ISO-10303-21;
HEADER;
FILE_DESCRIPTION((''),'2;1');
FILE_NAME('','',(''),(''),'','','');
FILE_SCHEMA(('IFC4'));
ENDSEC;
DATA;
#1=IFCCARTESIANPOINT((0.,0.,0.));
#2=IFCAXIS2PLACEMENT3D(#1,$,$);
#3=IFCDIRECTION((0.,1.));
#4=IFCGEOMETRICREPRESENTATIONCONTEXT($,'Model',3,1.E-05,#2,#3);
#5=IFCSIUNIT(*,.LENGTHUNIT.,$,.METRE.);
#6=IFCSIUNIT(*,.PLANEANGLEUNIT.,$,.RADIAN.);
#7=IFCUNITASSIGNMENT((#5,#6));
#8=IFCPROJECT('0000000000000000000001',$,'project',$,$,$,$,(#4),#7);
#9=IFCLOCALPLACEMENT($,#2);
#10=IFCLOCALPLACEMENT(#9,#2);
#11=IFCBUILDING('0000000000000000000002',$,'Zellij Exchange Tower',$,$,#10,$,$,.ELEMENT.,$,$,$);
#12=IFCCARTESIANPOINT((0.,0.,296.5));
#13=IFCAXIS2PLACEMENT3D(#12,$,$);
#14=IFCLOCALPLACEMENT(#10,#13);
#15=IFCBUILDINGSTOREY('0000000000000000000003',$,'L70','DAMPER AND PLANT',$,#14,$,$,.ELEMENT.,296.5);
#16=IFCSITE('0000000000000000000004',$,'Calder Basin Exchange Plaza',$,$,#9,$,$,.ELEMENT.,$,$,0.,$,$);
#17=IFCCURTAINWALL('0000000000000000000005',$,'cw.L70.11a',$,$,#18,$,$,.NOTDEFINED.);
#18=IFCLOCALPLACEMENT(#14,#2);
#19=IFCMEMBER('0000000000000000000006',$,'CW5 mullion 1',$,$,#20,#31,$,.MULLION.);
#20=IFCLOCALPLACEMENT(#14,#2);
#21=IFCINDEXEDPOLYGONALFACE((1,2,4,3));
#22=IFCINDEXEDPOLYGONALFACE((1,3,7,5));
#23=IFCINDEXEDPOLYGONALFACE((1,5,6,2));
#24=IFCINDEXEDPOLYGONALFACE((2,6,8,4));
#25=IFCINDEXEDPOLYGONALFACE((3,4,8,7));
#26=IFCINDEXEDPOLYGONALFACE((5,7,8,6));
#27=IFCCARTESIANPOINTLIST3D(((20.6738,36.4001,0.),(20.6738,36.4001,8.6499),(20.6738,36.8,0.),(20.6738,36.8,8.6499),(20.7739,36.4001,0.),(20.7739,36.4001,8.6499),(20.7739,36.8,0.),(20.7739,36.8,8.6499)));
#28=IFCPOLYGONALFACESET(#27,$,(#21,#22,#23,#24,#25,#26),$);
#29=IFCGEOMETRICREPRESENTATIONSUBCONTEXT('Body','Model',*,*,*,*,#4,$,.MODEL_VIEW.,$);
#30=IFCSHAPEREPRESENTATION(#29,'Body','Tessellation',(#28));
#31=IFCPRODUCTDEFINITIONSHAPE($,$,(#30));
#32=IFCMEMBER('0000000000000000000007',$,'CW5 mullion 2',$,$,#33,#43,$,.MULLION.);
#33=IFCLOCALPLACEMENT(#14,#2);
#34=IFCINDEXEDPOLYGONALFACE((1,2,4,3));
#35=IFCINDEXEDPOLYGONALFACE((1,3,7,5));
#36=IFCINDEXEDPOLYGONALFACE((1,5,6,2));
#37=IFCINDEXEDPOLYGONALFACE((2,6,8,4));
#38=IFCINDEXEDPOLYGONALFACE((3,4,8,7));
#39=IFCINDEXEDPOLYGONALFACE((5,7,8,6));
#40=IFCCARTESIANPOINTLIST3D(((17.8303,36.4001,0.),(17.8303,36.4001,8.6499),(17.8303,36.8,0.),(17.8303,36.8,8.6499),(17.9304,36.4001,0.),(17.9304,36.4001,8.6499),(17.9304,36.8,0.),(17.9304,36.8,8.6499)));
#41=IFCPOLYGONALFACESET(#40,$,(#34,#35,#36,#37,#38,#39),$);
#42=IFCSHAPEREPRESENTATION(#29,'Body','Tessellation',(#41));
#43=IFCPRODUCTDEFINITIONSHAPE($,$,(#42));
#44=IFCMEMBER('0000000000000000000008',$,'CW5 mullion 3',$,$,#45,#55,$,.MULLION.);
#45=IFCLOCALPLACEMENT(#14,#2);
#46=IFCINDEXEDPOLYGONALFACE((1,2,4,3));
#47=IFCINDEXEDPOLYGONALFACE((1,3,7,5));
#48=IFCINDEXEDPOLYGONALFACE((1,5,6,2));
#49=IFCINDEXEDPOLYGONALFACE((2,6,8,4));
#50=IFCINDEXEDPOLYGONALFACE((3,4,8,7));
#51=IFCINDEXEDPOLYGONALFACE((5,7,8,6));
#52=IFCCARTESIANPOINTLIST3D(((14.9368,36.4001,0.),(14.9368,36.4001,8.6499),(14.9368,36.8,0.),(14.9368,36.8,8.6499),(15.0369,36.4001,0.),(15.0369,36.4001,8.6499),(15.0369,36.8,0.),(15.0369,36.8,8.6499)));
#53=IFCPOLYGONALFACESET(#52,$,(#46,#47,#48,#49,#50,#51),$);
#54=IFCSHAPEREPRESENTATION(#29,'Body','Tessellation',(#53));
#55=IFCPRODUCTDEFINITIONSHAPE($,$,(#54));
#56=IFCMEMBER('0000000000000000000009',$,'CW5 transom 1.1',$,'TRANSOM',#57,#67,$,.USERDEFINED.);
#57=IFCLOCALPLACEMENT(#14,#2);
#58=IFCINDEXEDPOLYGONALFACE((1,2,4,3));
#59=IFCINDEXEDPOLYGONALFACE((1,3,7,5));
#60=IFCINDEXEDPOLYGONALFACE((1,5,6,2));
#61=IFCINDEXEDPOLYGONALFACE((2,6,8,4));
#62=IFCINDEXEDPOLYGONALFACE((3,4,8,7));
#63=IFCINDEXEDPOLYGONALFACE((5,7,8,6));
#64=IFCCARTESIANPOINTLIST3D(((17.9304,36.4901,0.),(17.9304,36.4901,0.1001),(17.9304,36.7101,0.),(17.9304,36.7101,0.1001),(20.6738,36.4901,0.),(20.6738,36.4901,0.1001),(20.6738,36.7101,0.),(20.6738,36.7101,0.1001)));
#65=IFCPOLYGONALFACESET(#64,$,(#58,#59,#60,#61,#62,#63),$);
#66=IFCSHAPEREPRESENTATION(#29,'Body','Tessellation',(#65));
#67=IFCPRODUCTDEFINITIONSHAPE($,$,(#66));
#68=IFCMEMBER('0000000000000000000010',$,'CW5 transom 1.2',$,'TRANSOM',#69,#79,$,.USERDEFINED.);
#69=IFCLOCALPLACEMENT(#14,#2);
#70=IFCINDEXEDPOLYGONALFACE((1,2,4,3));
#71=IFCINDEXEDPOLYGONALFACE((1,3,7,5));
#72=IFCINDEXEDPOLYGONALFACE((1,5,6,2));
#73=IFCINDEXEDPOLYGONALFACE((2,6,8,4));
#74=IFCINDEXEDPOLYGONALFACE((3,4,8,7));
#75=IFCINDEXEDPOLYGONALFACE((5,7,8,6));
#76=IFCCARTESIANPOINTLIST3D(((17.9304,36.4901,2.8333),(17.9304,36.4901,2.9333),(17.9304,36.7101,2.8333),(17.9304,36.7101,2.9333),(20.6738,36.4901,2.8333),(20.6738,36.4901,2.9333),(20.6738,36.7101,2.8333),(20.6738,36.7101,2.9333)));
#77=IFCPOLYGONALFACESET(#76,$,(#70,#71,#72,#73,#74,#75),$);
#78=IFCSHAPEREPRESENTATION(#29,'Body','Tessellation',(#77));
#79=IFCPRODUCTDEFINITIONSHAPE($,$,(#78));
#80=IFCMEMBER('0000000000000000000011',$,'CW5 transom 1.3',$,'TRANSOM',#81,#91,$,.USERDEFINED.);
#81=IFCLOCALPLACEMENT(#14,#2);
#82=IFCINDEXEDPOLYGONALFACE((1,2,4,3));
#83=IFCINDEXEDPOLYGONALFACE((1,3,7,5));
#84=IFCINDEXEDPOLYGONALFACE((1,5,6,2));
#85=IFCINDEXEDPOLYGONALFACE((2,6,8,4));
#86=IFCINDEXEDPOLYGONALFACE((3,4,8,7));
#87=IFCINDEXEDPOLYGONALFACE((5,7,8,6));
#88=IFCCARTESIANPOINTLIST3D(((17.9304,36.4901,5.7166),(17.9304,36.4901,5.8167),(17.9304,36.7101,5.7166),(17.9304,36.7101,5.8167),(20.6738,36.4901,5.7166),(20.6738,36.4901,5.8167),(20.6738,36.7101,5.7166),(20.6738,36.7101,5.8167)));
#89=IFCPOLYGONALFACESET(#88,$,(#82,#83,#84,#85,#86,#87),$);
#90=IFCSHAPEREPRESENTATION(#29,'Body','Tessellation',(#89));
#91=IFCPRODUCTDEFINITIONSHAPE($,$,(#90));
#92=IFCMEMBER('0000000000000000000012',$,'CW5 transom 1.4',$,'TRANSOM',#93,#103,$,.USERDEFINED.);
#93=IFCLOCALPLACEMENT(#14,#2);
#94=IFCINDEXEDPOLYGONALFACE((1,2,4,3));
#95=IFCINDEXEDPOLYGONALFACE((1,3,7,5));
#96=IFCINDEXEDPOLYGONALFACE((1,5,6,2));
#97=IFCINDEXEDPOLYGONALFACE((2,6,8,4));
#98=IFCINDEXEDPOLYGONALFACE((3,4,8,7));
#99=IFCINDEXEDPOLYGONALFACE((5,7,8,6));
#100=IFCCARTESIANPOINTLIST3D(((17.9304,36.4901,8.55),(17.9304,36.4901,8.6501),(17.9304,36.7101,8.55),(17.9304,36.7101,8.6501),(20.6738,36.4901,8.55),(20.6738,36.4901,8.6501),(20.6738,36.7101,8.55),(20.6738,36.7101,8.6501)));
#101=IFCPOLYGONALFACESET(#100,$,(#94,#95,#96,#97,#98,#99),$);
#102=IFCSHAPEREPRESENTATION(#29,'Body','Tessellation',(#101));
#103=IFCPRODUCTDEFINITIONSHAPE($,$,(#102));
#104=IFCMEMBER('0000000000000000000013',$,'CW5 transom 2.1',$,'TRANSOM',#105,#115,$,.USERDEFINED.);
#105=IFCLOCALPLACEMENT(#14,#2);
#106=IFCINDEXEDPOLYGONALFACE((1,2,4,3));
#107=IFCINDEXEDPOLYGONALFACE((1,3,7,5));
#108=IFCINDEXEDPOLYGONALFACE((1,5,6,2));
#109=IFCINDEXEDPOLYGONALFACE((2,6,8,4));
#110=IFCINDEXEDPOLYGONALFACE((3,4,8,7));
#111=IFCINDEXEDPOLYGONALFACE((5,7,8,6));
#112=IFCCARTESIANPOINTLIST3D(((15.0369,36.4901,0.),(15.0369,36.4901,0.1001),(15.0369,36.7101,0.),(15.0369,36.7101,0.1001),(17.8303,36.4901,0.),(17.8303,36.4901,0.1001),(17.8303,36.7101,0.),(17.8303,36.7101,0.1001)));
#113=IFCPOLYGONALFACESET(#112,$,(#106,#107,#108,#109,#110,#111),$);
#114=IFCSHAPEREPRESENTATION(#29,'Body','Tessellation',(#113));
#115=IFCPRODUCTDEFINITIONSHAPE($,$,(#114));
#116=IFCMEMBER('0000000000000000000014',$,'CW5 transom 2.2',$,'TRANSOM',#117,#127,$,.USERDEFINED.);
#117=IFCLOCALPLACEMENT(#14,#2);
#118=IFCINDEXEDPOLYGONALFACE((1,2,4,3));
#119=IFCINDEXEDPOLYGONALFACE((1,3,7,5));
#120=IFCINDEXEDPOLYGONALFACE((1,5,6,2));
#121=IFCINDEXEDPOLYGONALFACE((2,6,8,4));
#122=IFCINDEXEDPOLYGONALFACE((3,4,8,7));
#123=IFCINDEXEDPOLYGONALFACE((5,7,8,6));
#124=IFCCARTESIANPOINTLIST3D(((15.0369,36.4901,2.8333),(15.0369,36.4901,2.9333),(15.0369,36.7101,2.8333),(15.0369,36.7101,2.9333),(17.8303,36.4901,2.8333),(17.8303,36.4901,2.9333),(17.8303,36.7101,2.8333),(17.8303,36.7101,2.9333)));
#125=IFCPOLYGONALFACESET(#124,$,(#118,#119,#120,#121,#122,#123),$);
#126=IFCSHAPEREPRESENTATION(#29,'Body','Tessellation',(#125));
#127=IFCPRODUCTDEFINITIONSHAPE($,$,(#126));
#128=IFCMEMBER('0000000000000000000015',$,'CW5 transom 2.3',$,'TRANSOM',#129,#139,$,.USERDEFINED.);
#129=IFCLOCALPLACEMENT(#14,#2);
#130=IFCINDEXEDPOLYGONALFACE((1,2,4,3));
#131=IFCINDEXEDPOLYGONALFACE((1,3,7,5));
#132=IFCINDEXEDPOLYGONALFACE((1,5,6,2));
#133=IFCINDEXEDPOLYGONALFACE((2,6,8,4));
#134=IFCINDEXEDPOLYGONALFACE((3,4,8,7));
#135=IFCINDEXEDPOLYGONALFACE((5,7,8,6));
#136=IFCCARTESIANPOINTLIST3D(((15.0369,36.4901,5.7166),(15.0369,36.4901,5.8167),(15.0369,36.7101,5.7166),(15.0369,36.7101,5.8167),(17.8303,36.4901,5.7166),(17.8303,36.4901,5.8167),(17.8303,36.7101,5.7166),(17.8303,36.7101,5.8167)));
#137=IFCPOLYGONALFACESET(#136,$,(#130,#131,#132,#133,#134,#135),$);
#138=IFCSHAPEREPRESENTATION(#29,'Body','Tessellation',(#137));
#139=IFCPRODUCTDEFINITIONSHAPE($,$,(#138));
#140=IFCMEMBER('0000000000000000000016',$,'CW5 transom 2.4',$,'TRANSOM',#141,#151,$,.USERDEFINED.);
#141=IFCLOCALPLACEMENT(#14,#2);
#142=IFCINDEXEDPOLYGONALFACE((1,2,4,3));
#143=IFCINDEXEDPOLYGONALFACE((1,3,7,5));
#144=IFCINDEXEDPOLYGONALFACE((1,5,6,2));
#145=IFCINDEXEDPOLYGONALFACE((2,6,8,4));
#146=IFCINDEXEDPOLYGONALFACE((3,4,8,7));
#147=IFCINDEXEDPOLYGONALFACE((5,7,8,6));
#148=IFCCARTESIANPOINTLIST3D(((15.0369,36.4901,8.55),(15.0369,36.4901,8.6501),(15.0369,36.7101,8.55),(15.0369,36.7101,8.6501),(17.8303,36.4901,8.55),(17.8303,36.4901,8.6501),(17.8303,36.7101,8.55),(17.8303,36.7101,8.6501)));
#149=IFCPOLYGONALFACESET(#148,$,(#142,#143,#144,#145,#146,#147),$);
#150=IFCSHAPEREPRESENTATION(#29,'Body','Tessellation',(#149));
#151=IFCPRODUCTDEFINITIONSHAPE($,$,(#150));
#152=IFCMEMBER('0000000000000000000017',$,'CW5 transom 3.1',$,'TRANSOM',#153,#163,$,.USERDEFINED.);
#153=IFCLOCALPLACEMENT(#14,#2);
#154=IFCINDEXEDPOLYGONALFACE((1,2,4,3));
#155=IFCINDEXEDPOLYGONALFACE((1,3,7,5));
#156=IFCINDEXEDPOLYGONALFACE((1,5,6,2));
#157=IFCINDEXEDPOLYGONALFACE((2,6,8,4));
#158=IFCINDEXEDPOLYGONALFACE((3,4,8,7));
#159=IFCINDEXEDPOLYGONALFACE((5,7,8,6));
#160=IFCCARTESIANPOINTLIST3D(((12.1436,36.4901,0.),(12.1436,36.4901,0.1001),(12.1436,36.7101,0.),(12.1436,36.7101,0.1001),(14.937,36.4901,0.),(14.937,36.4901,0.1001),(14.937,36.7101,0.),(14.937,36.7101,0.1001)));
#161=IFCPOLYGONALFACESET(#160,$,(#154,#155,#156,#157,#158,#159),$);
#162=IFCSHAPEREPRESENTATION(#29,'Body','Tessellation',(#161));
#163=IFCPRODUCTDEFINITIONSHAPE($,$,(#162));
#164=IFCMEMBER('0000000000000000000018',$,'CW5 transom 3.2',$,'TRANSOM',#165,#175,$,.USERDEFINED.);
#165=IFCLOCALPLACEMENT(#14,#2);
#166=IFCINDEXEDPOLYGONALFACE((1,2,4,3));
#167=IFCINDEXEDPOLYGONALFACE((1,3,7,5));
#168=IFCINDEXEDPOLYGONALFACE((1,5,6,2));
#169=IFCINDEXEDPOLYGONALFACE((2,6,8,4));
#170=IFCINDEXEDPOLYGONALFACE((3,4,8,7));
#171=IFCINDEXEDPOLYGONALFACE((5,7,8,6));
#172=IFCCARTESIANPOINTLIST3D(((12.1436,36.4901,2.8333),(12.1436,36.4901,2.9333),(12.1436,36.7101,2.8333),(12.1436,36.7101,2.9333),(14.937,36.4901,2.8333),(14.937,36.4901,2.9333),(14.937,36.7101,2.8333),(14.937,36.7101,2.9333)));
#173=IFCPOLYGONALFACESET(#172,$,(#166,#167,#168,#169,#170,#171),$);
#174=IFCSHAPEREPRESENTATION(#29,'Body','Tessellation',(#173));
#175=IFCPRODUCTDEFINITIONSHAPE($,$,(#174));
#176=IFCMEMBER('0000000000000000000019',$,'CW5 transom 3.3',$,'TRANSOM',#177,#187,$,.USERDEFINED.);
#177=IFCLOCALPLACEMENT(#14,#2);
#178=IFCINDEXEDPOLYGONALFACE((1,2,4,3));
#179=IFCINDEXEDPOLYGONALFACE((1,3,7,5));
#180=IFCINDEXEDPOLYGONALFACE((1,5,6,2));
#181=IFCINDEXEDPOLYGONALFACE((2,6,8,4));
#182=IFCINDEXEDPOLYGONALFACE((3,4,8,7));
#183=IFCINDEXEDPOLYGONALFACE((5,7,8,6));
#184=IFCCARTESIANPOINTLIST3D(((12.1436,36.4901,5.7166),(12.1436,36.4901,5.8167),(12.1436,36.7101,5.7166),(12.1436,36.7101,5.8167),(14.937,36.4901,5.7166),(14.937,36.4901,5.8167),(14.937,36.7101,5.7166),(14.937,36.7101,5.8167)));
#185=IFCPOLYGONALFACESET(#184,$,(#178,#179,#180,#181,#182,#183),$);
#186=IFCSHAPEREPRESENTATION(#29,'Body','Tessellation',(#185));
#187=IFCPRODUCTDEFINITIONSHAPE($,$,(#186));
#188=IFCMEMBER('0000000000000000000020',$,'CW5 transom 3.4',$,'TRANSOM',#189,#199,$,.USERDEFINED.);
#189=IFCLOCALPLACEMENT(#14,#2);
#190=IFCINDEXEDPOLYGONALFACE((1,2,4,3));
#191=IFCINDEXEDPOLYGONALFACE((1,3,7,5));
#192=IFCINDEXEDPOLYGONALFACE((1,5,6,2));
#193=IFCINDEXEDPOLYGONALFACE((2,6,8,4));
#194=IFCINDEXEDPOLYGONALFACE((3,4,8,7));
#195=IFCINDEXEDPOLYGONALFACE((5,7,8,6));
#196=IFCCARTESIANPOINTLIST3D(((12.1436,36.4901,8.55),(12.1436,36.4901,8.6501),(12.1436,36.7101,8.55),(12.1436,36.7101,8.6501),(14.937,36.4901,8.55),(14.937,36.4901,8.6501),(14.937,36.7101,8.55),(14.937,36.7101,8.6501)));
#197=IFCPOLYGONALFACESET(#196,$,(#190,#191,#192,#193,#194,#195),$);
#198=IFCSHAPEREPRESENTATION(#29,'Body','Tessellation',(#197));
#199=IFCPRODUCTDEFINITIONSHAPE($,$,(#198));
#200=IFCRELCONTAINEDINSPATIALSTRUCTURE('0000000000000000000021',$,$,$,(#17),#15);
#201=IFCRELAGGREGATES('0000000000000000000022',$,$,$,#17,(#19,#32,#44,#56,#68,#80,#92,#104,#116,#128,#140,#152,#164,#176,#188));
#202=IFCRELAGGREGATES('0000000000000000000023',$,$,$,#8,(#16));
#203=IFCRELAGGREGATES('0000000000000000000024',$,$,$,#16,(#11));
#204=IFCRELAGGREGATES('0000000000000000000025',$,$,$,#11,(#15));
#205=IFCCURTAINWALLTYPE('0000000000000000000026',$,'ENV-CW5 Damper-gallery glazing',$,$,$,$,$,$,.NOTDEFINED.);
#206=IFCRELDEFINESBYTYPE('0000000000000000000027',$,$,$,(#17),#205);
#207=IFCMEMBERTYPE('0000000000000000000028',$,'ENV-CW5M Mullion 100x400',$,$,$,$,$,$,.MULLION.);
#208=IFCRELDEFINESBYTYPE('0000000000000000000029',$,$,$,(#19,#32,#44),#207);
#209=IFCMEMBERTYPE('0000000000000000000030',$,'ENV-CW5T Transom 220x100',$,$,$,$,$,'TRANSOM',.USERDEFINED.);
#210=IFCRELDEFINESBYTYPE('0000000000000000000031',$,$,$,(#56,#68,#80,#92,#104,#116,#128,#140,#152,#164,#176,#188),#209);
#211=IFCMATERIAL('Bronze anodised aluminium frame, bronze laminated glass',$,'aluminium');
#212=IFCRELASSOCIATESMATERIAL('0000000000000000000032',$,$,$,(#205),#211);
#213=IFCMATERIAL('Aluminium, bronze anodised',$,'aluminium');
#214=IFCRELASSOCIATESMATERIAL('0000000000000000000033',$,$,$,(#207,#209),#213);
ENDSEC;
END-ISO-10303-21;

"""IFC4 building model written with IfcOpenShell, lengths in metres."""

from ifc_helpers import new_model, si_unit, direction, frame, origin, origin_2d, place, context, subcontext, project, spatial, rectangle, extrude, material, material_profile, profile_set, type_object, element, aggregate, save


model = new_model("IFC4")

# Units and contexts
model_context = context("Model", 3, precision=1e-05, world=origin(), true_north=direction((0.0, 1.0)))
body_context = subcontext(model_context, "Body", "Model", "MODEL_VIEW")
ifc_project = project(units=[si_unit("LENGTHUNIT", "METRE"), si_unit("PLANEANGLEUNIT", "RADIAN")], contexts=[model_context])

# Site, building, storey
site_placement = place(None, origin())
site = spatial("IfcSite", under=ifc_project, at=site_placement, Name="Calder Basin Exchange Plaza", CompositionType="ELEMENT", RefElevation=0.0)
building_placement = place(site_placement, origin())
building = spatial("IfcBuilding", under=site, at=building_placement, Name="Zellij Exchange Tower", CompositionType="ELEMENT")
storey_placement = place(building_placement, frame((0.0, 0.0, 296.5)))
storey = spatial("IfcBuildingStorey", under=building, at=storey_placement, Name="L70", Description="DAMPER AND PLANT", CompositionType="ELEMENT", Elevation=296.5)

# Curtain wall, members
ifc_material_1 = material(Name="Bronze anodised aluminium frame, bronze laminated glass", Category="aluminium")
curtain_wall_type = type_object("IfcCurtainWallType", Name="ENV-CW5 Damper-gallery glazing", PredefinedType="NOTDEFINED", material=ifc_material_1)
curtain_wall_placement = place(storey_placement, origin())
curtain_wall = element("IfcCurtainWall", 1, at=curtain_wall_placement, inside=storey, type_object=curtain_wall_type, Name="cw.L70.11a", PredefinedType="NOTDEFINED")
ifc_material_2 = material(Name="Aluminium, bronze anodised", Category="aluminium")
ifc_material_profile_1 = material_profile(ifc_material_2, rectangle(XDim=0.1001, YDim=0.3999, at=origin_2d()), Name="AL 100x400")
ifc_profile_set_1 = profile_set([ifc_material_profile_1], Name="Aluminium, bronze anodised")
member_type_1 = type_object("IfcMemberType", Name="ENV-CW5M Mullion 100x400", PredefinedType="MULLION", material=ifc_profile_set_1)
member_1_placement = place(storey_placement, frame((20.7239, 36.6001, 0.0), z_axis=(0.0, 0.0, 1.0), x_axis=(-1.0, 0.0, 0.0)))
member_1 = element("IfcMember", 2, at=member_1_placement, type_object=member_type_1, Name="CW5 mullion 1", PredefinedType="MULLION", context=body_context, shape_type="SweptSolid", body=[
    extrude(rectangle(XDim=0.1001, YDim=0.3999, at=origin_2d()), origin(), (0.0, 0.0, 1.0), 8.6499),
])
member_2_placement = place(storey_placement, frame((17.8804, 36.6001, 0.0), z_axis=(0.0, 0.0, 1.0), x_axis=(-1.0, 0.0, 0.0)))
member_2 = element("IfcMember", 3, at=member_2_placement, type_object=member_type_1, Name="CW5 mullion 2", PredefinedType="MULLION", context=body_context, shape_type="SweptSolid", body=[
    extrude(rectangle(XDim=0.1001, YDim=0.3999, at=origin_2d()), origin(), (0.0, 0.0, 1.0), 8.6499),
])
member_3_placement = place(storey_placement, frame((14.9868, 36.6001, 0.0), z_axis=(0.0, 0.0, 1.0), x_axis=(-1.0, 0.0, 0.0)))
member_3 = element("IfcMember", 4, at=member_3_placement, type_object=member_type_1, Name="CW5 mullion 3", PredefinedType="MULLION", context=body_context, shape_type="SweptSolid", body=[
    extrude(rectangle(XDim=0.1001, YDim=0.3999, at=origin_2d()), origin(), (0.0, 0.0, 1.0), 8.6499),
])
ifc_material_profile_2 = material_profile(ifc_material_2, rectangle(XDim=0.22, YDim=0.1001, at=origin_2d()), Name="AL 220x100")
ifc_profile_set_2 = profile_set([ifc_material_profile_2], Name="Aluminium, bronze anodised")
member_type_2 = type_object("IfcMemberType", Name="ENV-CW5T Transom 220x100", ElementType="TRANSOM", PredefinedType="USERDEFINED", material=ifc_profile_set_2)
member_4_placement = place(storey_placement, frame((20.6738, 36.6001, 0.05), z_axis=(-1.0, 0.0, 0.0), x_axis=(0.0, -1.0, 0.0)))
member_4 = element("IfcMember", 5, at=member_4_placement, type_object=member_type_2, Name="CW5 transom 1.1", ObjectType="TRANSOM", PredefinedType="USERDEFINED", context=body_context, shape_type="SweptSolid", body=[
    extrude(rectangle(XDim=0.22, YDim=0.1001, at=origin_2d()), origin(), (0.0, 0.0, 1.0), 2.7434),
])
member_5_placement = place(storey_placement, frame((20.6738, 36.6001, 2.8833), z_axis=(-1.0, 0.0, 0.0), x_axis=(0.0, -1.0, 0.0)))
member_5 = element("IfcMember", 6, at=member_5_placement, type_object=member_type_2, Name="CW5 transom 1.2", ObjectType="TRANSOM", PredefinedType="USERDEFINED", context=body_context, shape_type="SweptSolid", body=[
    extrude(rectangle(XDim=0.22, YDim=0.1001, at=origin_2d()), origin(), (0.0, 0.0, 1.0), 2.7434),
])
member_6_placement = place(storey_placement, frame((20.6738, 36.6001, 5.7666), z_axis=(-1.0, 0.0, 0.0), x_axis=(0.0, -1.0, 0.0)))
member_6 = element("IfcMember", 7, at=member_6_placement, type_object=member_type_2, Name="CW5 transom 1.3", ObjectType="TRANSOM", PredefinedType="USERDEFINED", context=body_context, shape_type="SweptSolid", body=[
    extrude(rectangle(XDim=0.22, YDim=0.1001, at=origin_2d()), origin(), (0.0, 0.0, 1.0), 2.7434),
])
member_7_placement = place(storey_placement, frame((20.6738, 36.6001, 8.6001), z_axis=(-1.0, 0.0, 0.0), x_axis=(0.0, -1.0, 0.0)))
member_7 = element("IfcMember", 8, at=member_7_placement, type_object=member_type_2, Name="CW5 transom 1.4", ObjectType="TRANSOM", PredefinedType="USERDEFINED", context=body_context, shape_type="SweptSolid", body=[
    extrude(rectangle(XDim=0.22, YDim=0.1001, at=origin_2d()), origin(), (0.0, 0.0, 1.0), 2.7434),
])
member_8_placement = place(storey_placement, frame((17.8303, 36.6001, 0.05), z_axis=(-1.0, 0.0, 0.0), x_axis=(0.0, -1.0, 0.0)))
member_8 = element("IfcMember", 9, at=member_8_placement, type_object=member_type_2, Name="CW5 transom 2.1", ObjectType="TRANSOM", PredefinedType="USERDEFINED", context=body_context, shape_type="SweptSolid", body=[
    extrude(rectangle(XDim=0.22, YDim=0.1001, at=origin_2d()), origin(), (0.0, 0.0, 1.0), 2.7935),
])
member_9_placement = place(storey_placement, frame((17.8303, 36.6001, 2.8833), z_axis=(-1.0, 0.0, 0.0), x_axis=(0.0, -1.0, 0.0)))
member_9 = element("IfcMember", 10, at=member_9_placement, type_object=member_type_2, Name="CW5 transom 2.2", ObjectType="TRANSOM", PredefinedType="USERDEFINED", context=body_context, shape_type="SweptSolid", body=[
    extrude(rectangle(XDim=0.22, YDim=0.1001, at=origin_2d()), origin(), (0.0, 0.0, 1.0), 2.7935),
])
member_10_placement = place(storey_placement, frame((17.8303, 36.6001, 5.7666), z_axis=(-1.0, 0.0, 0.0), x_axis=(0.0, -1.0, 0.0)))
member_10 = element("IfcMember", 11, at=member_10_placement, type_object=member_type_2, Name="CW5 transom 2.3", ObjectType="TRANSOM", PredefinedType="USERDEFINED", context=body_context, shape_type="SweptSolid", body=[
    extrude(rectangle(XDim=0.22, YDim=0.1001, at=origin_2d()), origin(), (0.0, 0.0, 1.0), 2.7935),
])
member_11_placement = place(storey_placement, frame((17.8303, 36.6001, 8.6001), z_axis=(-1.0, 0.0, 0.0), x_axis=(0.0, -1.0, 0.0)))
member_11 = element("IfcMember", 12, at=member_11_placement, type_object=member_type_2, Name="CW5 transom 2.4", ObjectType="TRANSOM", PredefinedType="USERDEFINED", context=body_context, shape_type="SweptSolid", body=[
    extrude(rectangle(XDim=0.22, YDim=0.1001, at=origin_2d()), origin(), (0.0, 0.0, 1.0), 2.7935),
])
member_12_placement = place(storey_placement, frame((14.937, 36.6001, 0.05), z_axis=(-1.0, 0.0, 0.0), x_axis=(0.0, -1.0, 0.0)))
member_12 = element("IfcMember", 13, at=member_12_placement, type_object=member_type_2, Name="CW5 transom 3.1", ObjectType="TRANSOM", PredefinedType="USERDEFINED", context=body_context, shape_type="SweptSolid", body=[
    extrude(rectangle(XDim=0.22, YDim=0.1001, at=origin_2d()), origin(), (0.0, 0.0, 1.0), 2.7935),
])
member_13_placement = place(storey_placement, frame((14.937, 36.6001, 2.8833), z_axis=(-1.0, 0.0, 0.0), x_axis=(0.0, -1.0, 0.0)))
member_13 = element("IfcMember", 14, at=member_13_placement, type_object=member_type_2, Name="CW5 transom 3.2", ObjectType="TRANSOM", PredefinedType="USERDEFINED", context=body_context, shape_type="SweptSolid", body=[
    extrude(rectangle(XDim=0.22, YDim=0.1001, at=origin_2d()), origin(), (0.0, 0.0, 1.0), 2.7935),
])
member_14_placement = place(storey_placement, frame((14.937, 36.6001, 5.7666), z_axis=(-1.0, 0.0, 0.0), x_axis=(0.0, -1.0, 0.0)))
member_14 = element("IfcMember", 15, at=member_14_placement, type_object=member_type_2, Name="CW5 transom 3.3", ObjectType="TRANSOM", PredefinedType="USERDEFINED", context=body_context, shape_type="SweptSolid", body=[
    extrude(rectangle(XDim=0.22, YDim=0.1001, at=origin_2d()), origin(), (0.0, 0.0, 1.0), 2.7935),
])
member_15_placement = place(storey_placement, frame((14.937, 36.6001, 8.6001), z_axis=(-1.0, 0.0, 0.0), x_axis=(0.0, -1.0, 0.0)))
member_15 = element("IfcMember", 16, at=member_15_placement, type_object=member_type_2, Name="CW5 transom 3.4", ObjectType="TRANSOM", PredefinedType="USERDEFINED", context=body_context, shape_type="SweptSolid", body=[
    extrude(rectangle(XDim=0.22, YDim=0.1001, at=origin_2d()), origin(), (0.0, 0.0, 1.0), 2.7935),
])
aggregate(curtain_wall, [member_1, member_2, member_3, member_4, member_5, member_6, member_7, member_8, member_9, member_10, member_11, member_12, member_13, member_14, member_15])

save(model, "model.ifc")
